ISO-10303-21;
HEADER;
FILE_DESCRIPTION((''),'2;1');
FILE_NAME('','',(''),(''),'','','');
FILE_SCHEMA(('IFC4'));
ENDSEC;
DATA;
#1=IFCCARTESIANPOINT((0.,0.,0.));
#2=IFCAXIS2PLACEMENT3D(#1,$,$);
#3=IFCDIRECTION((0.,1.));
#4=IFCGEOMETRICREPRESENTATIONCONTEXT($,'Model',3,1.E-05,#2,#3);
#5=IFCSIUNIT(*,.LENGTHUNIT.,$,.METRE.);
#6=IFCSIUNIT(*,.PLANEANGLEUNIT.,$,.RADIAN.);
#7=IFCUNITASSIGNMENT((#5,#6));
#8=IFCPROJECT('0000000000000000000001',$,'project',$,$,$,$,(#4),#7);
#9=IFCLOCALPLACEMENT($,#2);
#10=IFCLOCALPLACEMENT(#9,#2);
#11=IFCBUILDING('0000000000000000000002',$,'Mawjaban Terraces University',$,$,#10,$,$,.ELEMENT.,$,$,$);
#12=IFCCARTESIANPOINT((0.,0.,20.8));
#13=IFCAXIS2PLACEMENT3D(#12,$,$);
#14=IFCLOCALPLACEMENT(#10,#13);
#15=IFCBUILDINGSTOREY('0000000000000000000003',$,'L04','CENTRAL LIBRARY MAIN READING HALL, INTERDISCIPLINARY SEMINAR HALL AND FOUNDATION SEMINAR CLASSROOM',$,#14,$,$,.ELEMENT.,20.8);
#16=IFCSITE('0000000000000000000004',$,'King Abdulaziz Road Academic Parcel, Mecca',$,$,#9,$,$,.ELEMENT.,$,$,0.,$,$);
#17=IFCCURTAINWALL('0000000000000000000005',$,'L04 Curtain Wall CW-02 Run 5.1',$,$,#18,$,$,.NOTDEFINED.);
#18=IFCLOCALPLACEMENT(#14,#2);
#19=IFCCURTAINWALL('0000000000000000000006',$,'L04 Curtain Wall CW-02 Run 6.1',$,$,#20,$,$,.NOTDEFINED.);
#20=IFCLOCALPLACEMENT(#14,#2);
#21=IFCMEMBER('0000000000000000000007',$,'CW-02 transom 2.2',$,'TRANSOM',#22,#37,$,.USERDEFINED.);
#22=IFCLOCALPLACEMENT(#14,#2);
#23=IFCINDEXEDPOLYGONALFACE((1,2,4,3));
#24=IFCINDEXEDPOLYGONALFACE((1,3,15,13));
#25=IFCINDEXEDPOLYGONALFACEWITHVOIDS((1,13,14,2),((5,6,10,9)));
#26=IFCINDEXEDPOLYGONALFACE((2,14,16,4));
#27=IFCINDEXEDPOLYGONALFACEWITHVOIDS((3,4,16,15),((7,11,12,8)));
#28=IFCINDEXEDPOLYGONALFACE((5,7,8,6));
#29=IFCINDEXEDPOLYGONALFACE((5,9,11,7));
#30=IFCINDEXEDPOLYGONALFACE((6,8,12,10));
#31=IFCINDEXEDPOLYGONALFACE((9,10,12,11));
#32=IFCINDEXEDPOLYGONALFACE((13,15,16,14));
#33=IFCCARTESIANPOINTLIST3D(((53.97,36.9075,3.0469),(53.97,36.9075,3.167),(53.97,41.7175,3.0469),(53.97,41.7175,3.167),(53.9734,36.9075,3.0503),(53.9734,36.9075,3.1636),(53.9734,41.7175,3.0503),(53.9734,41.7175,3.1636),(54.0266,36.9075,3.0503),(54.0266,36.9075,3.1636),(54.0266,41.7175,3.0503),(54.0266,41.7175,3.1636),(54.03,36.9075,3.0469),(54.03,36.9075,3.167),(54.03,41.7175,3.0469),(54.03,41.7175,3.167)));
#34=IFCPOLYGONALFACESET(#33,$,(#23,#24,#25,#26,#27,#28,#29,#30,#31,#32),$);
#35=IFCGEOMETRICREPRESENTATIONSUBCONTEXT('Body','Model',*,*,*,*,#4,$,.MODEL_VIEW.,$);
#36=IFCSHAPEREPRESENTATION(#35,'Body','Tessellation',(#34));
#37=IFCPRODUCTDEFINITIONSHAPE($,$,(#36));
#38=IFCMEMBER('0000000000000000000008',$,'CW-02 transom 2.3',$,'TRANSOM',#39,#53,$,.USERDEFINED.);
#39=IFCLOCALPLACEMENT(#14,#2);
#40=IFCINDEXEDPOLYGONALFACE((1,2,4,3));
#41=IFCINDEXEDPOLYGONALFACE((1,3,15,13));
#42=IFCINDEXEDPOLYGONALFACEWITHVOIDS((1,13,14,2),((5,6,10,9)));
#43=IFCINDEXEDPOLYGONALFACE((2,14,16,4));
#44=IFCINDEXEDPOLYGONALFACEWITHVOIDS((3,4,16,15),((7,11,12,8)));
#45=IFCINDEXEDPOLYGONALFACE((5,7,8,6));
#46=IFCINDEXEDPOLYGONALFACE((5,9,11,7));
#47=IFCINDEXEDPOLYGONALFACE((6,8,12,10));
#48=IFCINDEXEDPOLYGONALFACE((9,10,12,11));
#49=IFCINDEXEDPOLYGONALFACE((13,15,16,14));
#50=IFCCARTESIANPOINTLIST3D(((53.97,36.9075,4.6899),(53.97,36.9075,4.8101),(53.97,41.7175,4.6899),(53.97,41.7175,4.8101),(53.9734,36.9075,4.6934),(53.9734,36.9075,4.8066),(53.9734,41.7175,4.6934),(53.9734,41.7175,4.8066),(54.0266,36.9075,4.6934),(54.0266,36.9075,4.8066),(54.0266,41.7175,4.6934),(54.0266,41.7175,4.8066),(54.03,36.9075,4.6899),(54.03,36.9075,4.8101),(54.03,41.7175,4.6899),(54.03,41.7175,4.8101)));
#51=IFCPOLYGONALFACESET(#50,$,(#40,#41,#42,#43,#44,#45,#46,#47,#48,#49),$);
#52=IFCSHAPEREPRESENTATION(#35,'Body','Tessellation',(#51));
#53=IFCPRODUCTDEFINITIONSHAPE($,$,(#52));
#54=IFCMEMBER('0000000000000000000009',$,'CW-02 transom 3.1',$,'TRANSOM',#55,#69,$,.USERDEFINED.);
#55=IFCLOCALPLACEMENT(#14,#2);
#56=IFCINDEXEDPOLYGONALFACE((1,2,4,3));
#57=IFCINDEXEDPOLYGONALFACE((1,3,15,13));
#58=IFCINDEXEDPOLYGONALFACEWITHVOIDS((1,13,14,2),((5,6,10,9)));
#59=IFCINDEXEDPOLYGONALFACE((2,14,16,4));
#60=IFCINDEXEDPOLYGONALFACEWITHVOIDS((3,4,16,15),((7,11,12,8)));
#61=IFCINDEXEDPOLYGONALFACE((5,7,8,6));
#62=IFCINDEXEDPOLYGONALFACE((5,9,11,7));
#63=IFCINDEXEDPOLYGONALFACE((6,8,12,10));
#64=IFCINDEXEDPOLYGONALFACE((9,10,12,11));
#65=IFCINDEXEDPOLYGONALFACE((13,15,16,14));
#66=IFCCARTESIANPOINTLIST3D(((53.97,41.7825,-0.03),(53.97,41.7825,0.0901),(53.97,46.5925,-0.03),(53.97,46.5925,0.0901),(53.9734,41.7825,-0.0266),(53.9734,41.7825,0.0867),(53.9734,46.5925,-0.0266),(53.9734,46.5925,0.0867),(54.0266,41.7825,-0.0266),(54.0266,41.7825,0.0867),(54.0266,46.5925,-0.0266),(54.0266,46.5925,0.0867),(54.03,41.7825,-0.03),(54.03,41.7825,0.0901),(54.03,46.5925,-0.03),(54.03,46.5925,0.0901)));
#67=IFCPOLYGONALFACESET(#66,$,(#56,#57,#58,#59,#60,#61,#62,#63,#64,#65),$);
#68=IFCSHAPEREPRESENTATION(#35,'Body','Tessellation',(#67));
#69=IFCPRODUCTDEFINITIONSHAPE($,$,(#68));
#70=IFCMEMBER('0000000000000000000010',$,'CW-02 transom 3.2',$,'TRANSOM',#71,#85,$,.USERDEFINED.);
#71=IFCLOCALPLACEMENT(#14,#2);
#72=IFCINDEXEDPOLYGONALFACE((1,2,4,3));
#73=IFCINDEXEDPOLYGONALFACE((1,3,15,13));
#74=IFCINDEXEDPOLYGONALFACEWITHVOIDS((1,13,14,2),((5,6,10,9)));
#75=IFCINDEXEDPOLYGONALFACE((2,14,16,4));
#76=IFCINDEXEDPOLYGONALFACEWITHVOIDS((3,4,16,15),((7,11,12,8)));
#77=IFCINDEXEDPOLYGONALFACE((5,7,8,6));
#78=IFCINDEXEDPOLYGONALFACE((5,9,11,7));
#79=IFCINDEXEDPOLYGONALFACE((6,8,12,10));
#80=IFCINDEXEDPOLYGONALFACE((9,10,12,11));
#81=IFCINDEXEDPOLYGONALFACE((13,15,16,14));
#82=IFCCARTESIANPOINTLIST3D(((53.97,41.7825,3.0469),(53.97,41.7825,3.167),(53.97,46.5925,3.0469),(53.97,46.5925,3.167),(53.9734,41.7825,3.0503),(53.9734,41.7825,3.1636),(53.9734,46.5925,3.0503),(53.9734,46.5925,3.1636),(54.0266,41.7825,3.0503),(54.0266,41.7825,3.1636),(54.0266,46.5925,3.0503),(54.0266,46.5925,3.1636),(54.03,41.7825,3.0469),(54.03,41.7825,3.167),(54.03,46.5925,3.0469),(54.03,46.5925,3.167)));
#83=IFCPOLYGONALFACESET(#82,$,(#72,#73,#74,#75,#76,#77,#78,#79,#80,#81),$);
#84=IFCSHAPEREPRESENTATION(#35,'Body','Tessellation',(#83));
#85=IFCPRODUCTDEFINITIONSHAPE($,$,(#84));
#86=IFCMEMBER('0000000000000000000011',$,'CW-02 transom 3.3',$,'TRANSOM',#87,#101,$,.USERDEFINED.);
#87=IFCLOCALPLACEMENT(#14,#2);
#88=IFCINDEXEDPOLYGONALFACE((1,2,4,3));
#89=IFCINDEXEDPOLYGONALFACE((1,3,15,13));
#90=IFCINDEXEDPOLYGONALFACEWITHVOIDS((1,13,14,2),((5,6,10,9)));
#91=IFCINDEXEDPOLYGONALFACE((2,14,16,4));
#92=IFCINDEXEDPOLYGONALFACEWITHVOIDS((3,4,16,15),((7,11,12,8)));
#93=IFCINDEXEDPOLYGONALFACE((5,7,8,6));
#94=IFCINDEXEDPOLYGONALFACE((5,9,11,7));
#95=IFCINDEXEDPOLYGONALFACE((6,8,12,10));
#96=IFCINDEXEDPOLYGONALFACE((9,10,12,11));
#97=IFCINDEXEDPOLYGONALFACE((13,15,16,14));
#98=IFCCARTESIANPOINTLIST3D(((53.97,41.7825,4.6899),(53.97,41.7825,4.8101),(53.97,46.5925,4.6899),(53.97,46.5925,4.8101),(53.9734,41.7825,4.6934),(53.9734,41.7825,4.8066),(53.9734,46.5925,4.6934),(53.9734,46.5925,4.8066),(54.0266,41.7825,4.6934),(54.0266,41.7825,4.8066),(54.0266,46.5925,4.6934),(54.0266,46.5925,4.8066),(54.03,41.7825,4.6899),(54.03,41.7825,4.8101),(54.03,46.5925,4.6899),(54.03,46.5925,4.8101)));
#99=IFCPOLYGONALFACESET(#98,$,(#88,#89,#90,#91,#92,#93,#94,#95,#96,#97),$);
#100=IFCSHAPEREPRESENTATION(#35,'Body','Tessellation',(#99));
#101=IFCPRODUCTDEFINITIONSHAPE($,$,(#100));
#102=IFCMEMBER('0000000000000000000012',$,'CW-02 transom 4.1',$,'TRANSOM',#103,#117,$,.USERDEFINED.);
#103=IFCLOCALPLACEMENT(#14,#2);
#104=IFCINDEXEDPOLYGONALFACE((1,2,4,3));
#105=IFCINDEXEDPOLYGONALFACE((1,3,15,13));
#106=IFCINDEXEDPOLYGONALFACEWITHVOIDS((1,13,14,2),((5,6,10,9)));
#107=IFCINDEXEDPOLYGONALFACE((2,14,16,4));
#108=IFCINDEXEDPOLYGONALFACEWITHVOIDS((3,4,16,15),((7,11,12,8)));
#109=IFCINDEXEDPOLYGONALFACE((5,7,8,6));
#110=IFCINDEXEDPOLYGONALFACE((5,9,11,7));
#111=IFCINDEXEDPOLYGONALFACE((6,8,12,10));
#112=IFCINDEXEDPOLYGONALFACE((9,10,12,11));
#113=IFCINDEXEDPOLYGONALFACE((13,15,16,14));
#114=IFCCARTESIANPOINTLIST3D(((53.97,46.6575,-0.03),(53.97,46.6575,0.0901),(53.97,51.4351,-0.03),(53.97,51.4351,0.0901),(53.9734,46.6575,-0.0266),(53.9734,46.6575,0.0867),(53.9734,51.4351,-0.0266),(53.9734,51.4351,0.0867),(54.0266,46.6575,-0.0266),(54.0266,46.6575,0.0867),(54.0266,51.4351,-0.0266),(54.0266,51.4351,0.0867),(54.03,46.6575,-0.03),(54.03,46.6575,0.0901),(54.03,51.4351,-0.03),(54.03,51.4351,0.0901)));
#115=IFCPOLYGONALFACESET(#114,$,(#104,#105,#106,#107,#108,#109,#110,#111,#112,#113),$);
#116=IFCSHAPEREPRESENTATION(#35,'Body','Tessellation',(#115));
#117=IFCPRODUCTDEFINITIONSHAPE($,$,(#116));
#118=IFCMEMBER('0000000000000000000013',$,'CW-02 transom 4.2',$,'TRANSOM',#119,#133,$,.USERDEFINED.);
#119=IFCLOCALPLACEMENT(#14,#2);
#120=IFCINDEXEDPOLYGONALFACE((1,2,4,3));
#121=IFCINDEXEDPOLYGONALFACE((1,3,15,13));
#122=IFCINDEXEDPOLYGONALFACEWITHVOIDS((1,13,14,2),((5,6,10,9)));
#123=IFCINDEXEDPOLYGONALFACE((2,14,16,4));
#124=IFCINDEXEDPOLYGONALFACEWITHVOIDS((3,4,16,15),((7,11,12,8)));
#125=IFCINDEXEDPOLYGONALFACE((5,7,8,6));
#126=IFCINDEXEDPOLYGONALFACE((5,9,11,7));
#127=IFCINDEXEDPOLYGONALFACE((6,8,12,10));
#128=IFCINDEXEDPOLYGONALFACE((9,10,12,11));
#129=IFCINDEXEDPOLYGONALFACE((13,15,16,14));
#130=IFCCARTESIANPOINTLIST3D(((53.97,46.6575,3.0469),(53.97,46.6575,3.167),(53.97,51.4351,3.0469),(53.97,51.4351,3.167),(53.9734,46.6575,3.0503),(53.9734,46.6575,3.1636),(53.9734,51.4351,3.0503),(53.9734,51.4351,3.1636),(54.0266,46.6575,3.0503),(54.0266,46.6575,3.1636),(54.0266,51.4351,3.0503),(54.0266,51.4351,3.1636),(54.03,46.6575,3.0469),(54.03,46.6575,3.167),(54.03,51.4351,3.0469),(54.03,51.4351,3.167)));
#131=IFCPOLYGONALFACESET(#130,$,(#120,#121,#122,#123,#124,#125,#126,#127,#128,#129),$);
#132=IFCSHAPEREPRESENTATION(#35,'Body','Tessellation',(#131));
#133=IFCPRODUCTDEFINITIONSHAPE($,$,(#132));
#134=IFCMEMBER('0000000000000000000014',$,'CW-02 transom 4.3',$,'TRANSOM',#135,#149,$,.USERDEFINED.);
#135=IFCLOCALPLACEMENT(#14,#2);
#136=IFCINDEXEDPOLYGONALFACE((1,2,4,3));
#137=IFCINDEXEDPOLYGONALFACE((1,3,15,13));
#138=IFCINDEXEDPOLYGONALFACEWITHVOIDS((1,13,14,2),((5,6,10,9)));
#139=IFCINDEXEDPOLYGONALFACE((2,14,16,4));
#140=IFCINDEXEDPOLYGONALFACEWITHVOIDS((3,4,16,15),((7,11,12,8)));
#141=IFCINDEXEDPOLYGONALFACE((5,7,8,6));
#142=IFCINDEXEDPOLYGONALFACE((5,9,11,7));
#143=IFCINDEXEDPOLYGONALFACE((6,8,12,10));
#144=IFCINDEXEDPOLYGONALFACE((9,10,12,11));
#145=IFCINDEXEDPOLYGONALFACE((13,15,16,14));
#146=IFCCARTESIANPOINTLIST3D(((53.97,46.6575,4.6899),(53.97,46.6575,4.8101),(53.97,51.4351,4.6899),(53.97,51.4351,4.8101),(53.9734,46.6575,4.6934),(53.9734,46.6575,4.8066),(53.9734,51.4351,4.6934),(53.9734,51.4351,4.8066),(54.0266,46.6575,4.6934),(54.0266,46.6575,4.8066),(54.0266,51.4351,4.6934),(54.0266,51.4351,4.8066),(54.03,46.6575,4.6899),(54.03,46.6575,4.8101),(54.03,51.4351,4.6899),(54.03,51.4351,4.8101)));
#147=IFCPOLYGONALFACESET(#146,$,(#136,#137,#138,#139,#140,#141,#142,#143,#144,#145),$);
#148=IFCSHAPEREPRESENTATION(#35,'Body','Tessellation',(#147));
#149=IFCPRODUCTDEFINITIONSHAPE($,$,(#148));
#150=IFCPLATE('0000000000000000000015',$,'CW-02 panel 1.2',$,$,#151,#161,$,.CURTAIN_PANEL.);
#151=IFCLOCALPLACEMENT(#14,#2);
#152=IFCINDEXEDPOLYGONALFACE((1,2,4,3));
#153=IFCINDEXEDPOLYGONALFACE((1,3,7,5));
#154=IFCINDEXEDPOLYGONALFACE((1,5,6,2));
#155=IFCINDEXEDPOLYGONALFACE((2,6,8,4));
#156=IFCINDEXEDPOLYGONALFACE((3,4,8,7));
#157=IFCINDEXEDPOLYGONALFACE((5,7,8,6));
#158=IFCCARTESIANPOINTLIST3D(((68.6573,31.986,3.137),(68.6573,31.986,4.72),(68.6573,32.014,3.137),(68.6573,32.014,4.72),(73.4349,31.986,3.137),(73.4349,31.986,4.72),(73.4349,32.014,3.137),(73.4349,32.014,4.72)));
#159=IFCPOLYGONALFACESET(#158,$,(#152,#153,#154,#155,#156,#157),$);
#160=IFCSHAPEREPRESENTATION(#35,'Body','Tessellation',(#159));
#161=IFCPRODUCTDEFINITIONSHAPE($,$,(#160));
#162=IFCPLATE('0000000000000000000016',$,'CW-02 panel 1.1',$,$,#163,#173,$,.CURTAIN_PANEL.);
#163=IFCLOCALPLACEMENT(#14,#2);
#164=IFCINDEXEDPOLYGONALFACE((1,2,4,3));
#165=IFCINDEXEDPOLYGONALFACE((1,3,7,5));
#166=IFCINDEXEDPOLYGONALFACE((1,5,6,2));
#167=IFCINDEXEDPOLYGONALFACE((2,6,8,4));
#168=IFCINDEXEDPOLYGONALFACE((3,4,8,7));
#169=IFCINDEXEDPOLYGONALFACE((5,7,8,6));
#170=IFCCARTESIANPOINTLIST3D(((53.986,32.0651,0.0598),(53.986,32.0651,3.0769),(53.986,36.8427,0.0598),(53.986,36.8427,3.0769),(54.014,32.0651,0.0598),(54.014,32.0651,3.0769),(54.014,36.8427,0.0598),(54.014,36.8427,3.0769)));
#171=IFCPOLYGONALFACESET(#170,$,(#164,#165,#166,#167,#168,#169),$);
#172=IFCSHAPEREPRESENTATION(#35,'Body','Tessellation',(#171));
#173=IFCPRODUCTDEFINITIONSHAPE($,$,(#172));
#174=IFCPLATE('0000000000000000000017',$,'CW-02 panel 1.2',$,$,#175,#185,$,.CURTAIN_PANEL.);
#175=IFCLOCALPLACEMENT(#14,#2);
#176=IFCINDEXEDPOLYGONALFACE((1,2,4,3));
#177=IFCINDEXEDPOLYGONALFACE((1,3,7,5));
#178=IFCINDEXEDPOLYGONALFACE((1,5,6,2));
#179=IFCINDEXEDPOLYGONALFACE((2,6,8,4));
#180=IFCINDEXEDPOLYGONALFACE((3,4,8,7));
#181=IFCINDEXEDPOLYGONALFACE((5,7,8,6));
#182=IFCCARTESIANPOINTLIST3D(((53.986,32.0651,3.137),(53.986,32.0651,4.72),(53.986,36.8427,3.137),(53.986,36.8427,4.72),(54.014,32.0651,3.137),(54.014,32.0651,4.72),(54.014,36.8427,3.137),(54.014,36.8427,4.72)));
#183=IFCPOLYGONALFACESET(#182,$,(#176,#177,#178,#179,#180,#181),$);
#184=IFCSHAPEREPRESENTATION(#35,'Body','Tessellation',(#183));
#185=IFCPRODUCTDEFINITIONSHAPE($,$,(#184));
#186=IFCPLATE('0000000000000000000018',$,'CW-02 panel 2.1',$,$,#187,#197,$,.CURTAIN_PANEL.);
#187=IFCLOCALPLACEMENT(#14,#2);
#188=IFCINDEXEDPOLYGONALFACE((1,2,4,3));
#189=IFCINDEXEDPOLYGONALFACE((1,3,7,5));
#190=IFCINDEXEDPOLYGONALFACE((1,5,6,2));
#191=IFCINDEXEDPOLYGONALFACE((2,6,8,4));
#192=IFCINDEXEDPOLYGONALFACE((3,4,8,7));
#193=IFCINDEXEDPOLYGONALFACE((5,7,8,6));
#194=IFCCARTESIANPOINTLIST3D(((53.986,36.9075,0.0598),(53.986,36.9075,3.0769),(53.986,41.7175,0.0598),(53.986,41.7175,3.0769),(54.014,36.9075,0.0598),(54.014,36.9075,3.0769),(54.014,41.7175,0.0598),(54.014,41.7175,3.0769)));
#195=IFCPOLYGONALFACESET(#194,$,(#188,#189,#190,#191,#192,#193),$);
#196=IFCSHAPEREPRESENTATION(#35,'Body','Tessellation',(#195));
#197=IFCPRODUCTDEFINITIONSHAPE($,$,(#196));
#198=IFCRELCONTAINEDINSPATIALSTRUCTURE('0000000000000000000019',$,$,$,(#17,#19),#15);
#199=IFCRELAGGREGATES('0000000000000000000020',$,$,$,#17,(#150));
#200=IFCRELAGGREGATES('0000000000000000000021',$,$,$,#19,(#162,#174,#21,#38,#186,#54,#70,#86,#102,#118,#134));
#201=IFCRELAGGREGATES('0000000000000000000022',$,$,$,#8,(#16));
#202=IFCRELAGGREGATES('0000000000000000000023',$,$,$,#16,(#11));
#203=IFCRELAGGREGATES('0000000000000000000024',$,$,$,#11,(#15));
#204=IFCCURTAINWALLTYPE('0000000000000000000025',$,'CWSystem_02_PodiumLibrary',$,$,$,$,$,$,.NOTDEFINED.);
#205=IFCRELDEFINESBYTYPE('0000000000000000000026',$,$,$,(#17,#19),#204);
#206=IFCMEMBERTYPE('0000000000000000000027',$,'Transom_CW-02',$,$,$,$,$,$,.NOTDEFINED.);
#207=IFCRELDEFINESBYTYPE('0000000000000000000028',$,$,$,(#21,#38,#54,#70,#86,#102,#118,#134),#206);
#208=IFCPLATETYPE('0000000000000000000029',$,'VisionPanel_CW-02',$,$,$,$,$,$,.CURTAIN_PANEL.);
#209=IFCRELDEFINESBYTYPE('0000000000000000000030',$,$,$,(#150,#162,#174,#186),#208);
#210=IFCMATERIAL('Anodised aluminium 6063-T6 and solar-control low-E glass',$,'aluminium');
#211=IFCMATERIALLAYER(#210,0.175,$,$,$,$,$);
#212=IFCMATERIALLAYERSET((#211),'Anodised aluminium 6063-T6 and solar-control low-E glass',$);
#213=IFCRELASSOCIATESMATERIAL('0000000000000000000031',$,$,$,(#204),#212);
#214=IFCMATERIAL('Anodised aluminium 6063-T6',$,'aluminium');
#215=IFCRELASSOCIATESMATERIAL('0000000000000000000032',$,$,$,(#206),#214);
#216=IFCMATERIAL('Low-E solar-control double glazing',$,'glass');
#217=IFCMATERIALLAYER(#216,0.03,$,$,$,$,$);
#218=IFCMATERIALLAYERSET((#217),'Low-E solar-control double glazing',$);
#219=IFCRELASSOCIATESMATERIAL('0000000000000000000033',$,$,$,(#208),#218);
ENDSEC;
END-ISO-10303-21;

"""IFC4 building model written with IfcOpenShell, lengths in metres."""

from ifc_helpers import new_model, si_unit, direction, frame, origin, origin_2d, place, context, subcontext, project, spatial, rectangle, hollow_rectangle, extrude, material, layer, layer_set, material_profile, profile_set, type_object, element, aggregate, save


model = new_model("IFC4")

# Units and contexts
model_context = context("Model", 3, precision=1e-05, world=origin(), true_north=direction((0.0, 1.0)))
body_context = subcontext(model_context, "Body", "Model", "MODEL_VIEW")
ifc_project = project(units=[si_unit("LENGTHUNIT", "METRE"), si_unit("PLANEANGLEUNIT", "RADIAN")], contexts=[model_context])

# Site, building, storey
site_placement = place(None, origin())
site = spatial("IfcSite", under=ifc_project, at=site_placement, Name="King Abdulaziz Road Academic Parcel, Mecca", CompositionType="ELEMENT", RefElevation=0.0)
building_placement = place(site_placement, origin())
building = spatial("IfcBuilding", under=site, at=building_placement, Name="Mawjaban Terraces University", CompositionType="ELEMENT")
storey_placement = place(building_placement, frame((0.0, 0.0, 20.8)))
storey = spatial("IfcBuildingStorey", under=building, at=storey_placement, Name="L04", Description="CENTRAL LIBRARY MAIN READING HALL, INTERDISCIPLINARY SEMINAR HALL AND FOUNDATION SEMINAR CLASSROOM", CompositionType="ELEMENT", Elevation=20.8)

# Curtain wall
ifc_material_1 = material(Name="Anodised aluminium 6063-T6 and solar-control low-E glass", Category="aluminium")
ifc_layer_1 = layer(ifc_material_1, 0.175)
ifc_layer_set_1 = layer_set([ifc_layer_1], Name="Anodised aluminium 6063-T6 and solar-control low-E glass")
curtain_wall_type = type_object("IfcCurtainWallType", Name="CWSystem_02_PodiumLibrary", PredefinedType="NOTDEFINED", material=ifc_layer_set_1)
curtain_wall_1_placement = place(storey_placement, origin())
curtain_wall_1 = element("IfcCurtainWall", 1, at=curtain_wall_1_placement, inside=storey, type_object=curtain_wall_type, Name="L04 Curtain Wall CW-02 Run 5.1", PredefinedType="NOTDEFINED")
ifc_material_2 = material(Name="Anodised aluminium 6063-T6", Category="aluminium")

# Curtain wall
curtain_wall_2_placement = place(storey_placement, origin())
curtain_wall_2 = element("IfcCurtainWall", 2, at=curtain_wall_2_placement, inside=storey, type_object=curtain_wall_type, Name="L04 Curtain Wall CW-02 Run 6.1", PredefinedType="NOTDEFINED")

# Members
ifc_material_profile_1 = material_profile(ifc_material_2, hollow_rectangle(XDim=0.0601, YDim=0.1201, WallThickness=0.0034, at=origin_2d()), Name="ALU120X60X3.5")
ifc_profile_set_1 = profile_set([ifc_material_profile_1], Name="Anodised aluminium 6063-T6")
member_type_1 = type_object("IfcMemberType", Name="Transom_CW-02", PredefinedType="NOTDEFINED", material=ifc_profile_set_1)
member_1_placement = place(storey_placement, frame((54.0, 36.9075, 3.1069), z_axis=(0.0, 1.0, 0.0), x_axis=(-1.0, 0.0, 0.0)))
member_1 = element("IfcMember", 3, at=member_1_placement, type_object=member_type_1, Name="CW-02 transom 2.2", ObjectType="TRANSOM", PredefinedType="USERDEFINED", context=body_context, shape_type="SweptSolid", body=[
    extrude(hollow_rectangle(XDim=0.0601, YDim=0.1201, WallThickness=0.0034, at=origin_2d()), origin(), (0.0, 0.0, 1.0), 4.8101),
])
member_2_placement = place(storey_placement, frame((54.0, 36.9075, 4.75), z_axis=(0.0, 1.0, 0.0), x_axis=(-1.0, 0.0, 0.0)))
member_2 = element("IfcMember", 4, at=member_2_placement, type_object=member_type_1, Name="CW-02 transom 2.3", ObjectType="TRANSOM", PredefinedType="USERDEFINED", context=body_context, shape_type="SweptSolid", body=[
    extrude(hollow_rectangle(XDim=0.0601, YDim=0.1201, WallThickness=0.0034, at=origin_2d()), origin(), (0.0, 0.0, 1.0), 4.8101),
])
member_3_placement = place(storey_placement, frame((54.0, 41.7825, 0.03), z_axis=(0.0, 1.0, 0.0), x_axis=(-1.0, 0.0, 0.0)))
member_3 = element("IfcMember", 5, at=member_3_placement, type_object=member_type_1, Name="CW-02 transom 3.1", ObjectType="TRANSOM", PredefinedType="USERDEFINED", context=body_context, shape_type="SweptSolid", body=[
    extrude(hollow_rectangle(XDim=0.0601, YDim=0.1201, WallThickness=0.0034, at=origin_2d()), origin(), (0.0, 0.0, 1.0), 4.8101),
])
member_4_placement = place(storey_placement, frame((54.0, 41.7825, 3.1069), z_axis=(0.0, 1.0, 0.0), x_axis=(-1.0, 0.0, 0.0)))
member_4 = element("IfcMember", 6, at=member_4_placement, type_object=member_type_1, Name="CW-02 transom 3.2", ObjectType="TRANSOM", PredefinedType="USERDEFINED", context=body_context, shape_type="SweptSolid", body=[
    extrude(hollow_rectangle(XDim=0.0601, YDim=0.1201, WallThickness=0.0034, at=origin_2d()), origin(), (0.0, 0.0, 1.0), 4.8101),
])
member_5_placement = place(storey_placement, frame((54.0, 41.7825, 4.75), z_axis=(0.0, 1.0, 0.0), x_axis=(-1.0, 0.0, 0.0)))
member_5 = element("IfcMember", 7, at=member_5_placement, type_object=member_type_1, Name="CW-02 transom 3.3", ObjectType="TRANSOM", PredefinedType="USERDEFINED", context=body_context, shape_type="SweptSolid", body=[
    extrude(hollow_rectangle(XDim=0.0601, YDim=0.1201, WallThickness=0.0034, at=origin_2d()), origin(), (0.0, 0.0, 1.0), 4.8101),
])
member_6_placement = place(storey_placement, frame((54.0, 46.6575, 0.03), z_axis=(0.0, 1.0, 0.0), x_axis=(-1.0, 0.0, 0.0)))
member_6 = element("IfcMember", 8, at=member_6_placement, type_object=member_type_1, Name="CW-02 transom 4.1", ObjectType="TRANSOM", PredefinedType="USERDEFINED", context=body_context, shape_type="SweptSolid", body=[
    extrude(hollow_rectangle(XDim=0.0601, YDim=0.1201, WallThickness=0.0034, at=origin_2d()), origin(), (0.0, 0.0, 1.0), 4.7776),
])
member_7_placement = place(storey_placement, frame((54.0, 46.6575, 3.1069), z_axis=(0.0, 1.0, 0.0), x_axis=(-1.0, 0.0, 0.0)))
member_7 = element("IfcMember", 9, at=member_7_placement, type_object=member_type_1, Name="CW-02 transom 4.2", ObjectType="TRANSOM", PredefinedType="USERDEFINED", context=body_context, shape_type="SweptSolid", body=[
    extrude(hollow_rectangle(XDim=0.0601, YDim=0.1201, WallThickness=0.0034, at=origin_2d()), origin(), (0.0, 0.0, 1.0), 4.7776),
])
member_8_placement = place(storey_placement, frame((54.0, 46.6575, 4.75), z_axis=(0.0, 1.0, 0.0), x_axis=(-1.0, 0.0, 0.0)))
member_8 = element("IfcMember", 10, at=member_8_placement, type_object=member_type_1, Name="CW-02 transom 4.3", ObjectType="TRANSOM", PredefinedType="USERDEFINED", context=body_context, shape_type="SweptSolid", body=[
    extrude(hollow_rectangle(XDim=0.0601, YDim=0.1201, WallThickness=0.0034, at=origin_2d()), origin(), (0.0, 0.0, 1.0), 4.7776),
])

# Plates
ifc_material_3 = material(Name="Low-E solar-control double glazing", Category="glass")
ifc_layer_2 = layer(ifc_material_3, 0.03)
ifc_layer_set_2 = layer_set([ifc_layer_2], Name="Low-E solar-control double glazing")
plate_type = type_object("IfcPlateType", Name="VisionPanel_CW-02", PredefinedType="CURTAIN_PANEL", material=ifc_layer_set_2)
plate_1_placement = place(storey_placement, frame((71.0461, 32.0, 3.137), z_axis=(0.0, 0.0, 1.0), x_axis=(-1.0, 0.0, 0.0)))
plate_1 = element("IfcPlate", 11, at=plate_1_placement, type_object=plate_type, Name="CW-02 panel 1.2", PredefinedType="CURTAIN_PANEL", context=body_context, shape_type="SweptSolid", body=[
    extrude(rectangle(XDim=4.7776, YDim=0.0281, at=origin_2d()), origin(), (0.0, 0.0, 1.0), 1.583),
])
aggregate(curtain_wall_1, [plate_1])
plate_2_placement = place(storey_placement, frame((54.0, 34.4539, 0.0598), z_axis=(0.0, 0.0, 1.0), x_axis=(0.0, 1.0, 0.0)))
plate_2 = element("IfcPlate", 12, at=plate_2_placement, type_object=plate_type, Name="CW-02 panel 1.1", PredefinedType="CURTAIN_PANEL", context=body_context, shape_type="SweptSolid", body=[
    extrude(rectangle(XDim=4.7776, YDim=0.0281, at=origin_2d()), origin(), (0.0, 0.0, 1.0), 3.0171),
])
plate_3_placement = place(storey_placement, frame((54.0, 34.4539, 3.137), z_axis=(0.0, 0.0, 1.0), x_axis=(0.0, 1.0, 0.0)))
plate_3 = element("IfcPlate", 13, at=plate_3_placement, type_object=plate_type, Name="CW-02 panel 1.2", PredefinedType="CURTAIN_PANEL", context=body_context, shape_type="SweptSolid", body=[
    extrude(rectangle(XDim=4.7776, YDim=0.0281, at=origin_2d()), origin(), (0.0, 0.0, 1.0), 1.583),
])
plate_4_placement = place(storey_placement, frame((54.0, 39.3125, 0.0598), z_axis=(0.0, 0.0, 1.0), x_axis=(0.0, 1.0, 0.0)))
plate_4 = element("IfcPlate", 14, at=plate_4_placement, type_object=plate_type, Name="CW-02 panel 2.1", PredefinedType="CURTAIN_PANEL", context=body_context, shape_type="SweptSolid", body=[
    extrude(rectangle(XDim=4.8101, YDim=0.0281, at=origin_2d()), origin(), (0.0, 0.0, 1.0), 3.0171),
])
aggregate(curtain_wall_2, [plate_2, plate_3, member_1, member_2, plate_4, member_3, member_4, member_5, member_6, member_7, member_8])

save(model, "model.ifc")
